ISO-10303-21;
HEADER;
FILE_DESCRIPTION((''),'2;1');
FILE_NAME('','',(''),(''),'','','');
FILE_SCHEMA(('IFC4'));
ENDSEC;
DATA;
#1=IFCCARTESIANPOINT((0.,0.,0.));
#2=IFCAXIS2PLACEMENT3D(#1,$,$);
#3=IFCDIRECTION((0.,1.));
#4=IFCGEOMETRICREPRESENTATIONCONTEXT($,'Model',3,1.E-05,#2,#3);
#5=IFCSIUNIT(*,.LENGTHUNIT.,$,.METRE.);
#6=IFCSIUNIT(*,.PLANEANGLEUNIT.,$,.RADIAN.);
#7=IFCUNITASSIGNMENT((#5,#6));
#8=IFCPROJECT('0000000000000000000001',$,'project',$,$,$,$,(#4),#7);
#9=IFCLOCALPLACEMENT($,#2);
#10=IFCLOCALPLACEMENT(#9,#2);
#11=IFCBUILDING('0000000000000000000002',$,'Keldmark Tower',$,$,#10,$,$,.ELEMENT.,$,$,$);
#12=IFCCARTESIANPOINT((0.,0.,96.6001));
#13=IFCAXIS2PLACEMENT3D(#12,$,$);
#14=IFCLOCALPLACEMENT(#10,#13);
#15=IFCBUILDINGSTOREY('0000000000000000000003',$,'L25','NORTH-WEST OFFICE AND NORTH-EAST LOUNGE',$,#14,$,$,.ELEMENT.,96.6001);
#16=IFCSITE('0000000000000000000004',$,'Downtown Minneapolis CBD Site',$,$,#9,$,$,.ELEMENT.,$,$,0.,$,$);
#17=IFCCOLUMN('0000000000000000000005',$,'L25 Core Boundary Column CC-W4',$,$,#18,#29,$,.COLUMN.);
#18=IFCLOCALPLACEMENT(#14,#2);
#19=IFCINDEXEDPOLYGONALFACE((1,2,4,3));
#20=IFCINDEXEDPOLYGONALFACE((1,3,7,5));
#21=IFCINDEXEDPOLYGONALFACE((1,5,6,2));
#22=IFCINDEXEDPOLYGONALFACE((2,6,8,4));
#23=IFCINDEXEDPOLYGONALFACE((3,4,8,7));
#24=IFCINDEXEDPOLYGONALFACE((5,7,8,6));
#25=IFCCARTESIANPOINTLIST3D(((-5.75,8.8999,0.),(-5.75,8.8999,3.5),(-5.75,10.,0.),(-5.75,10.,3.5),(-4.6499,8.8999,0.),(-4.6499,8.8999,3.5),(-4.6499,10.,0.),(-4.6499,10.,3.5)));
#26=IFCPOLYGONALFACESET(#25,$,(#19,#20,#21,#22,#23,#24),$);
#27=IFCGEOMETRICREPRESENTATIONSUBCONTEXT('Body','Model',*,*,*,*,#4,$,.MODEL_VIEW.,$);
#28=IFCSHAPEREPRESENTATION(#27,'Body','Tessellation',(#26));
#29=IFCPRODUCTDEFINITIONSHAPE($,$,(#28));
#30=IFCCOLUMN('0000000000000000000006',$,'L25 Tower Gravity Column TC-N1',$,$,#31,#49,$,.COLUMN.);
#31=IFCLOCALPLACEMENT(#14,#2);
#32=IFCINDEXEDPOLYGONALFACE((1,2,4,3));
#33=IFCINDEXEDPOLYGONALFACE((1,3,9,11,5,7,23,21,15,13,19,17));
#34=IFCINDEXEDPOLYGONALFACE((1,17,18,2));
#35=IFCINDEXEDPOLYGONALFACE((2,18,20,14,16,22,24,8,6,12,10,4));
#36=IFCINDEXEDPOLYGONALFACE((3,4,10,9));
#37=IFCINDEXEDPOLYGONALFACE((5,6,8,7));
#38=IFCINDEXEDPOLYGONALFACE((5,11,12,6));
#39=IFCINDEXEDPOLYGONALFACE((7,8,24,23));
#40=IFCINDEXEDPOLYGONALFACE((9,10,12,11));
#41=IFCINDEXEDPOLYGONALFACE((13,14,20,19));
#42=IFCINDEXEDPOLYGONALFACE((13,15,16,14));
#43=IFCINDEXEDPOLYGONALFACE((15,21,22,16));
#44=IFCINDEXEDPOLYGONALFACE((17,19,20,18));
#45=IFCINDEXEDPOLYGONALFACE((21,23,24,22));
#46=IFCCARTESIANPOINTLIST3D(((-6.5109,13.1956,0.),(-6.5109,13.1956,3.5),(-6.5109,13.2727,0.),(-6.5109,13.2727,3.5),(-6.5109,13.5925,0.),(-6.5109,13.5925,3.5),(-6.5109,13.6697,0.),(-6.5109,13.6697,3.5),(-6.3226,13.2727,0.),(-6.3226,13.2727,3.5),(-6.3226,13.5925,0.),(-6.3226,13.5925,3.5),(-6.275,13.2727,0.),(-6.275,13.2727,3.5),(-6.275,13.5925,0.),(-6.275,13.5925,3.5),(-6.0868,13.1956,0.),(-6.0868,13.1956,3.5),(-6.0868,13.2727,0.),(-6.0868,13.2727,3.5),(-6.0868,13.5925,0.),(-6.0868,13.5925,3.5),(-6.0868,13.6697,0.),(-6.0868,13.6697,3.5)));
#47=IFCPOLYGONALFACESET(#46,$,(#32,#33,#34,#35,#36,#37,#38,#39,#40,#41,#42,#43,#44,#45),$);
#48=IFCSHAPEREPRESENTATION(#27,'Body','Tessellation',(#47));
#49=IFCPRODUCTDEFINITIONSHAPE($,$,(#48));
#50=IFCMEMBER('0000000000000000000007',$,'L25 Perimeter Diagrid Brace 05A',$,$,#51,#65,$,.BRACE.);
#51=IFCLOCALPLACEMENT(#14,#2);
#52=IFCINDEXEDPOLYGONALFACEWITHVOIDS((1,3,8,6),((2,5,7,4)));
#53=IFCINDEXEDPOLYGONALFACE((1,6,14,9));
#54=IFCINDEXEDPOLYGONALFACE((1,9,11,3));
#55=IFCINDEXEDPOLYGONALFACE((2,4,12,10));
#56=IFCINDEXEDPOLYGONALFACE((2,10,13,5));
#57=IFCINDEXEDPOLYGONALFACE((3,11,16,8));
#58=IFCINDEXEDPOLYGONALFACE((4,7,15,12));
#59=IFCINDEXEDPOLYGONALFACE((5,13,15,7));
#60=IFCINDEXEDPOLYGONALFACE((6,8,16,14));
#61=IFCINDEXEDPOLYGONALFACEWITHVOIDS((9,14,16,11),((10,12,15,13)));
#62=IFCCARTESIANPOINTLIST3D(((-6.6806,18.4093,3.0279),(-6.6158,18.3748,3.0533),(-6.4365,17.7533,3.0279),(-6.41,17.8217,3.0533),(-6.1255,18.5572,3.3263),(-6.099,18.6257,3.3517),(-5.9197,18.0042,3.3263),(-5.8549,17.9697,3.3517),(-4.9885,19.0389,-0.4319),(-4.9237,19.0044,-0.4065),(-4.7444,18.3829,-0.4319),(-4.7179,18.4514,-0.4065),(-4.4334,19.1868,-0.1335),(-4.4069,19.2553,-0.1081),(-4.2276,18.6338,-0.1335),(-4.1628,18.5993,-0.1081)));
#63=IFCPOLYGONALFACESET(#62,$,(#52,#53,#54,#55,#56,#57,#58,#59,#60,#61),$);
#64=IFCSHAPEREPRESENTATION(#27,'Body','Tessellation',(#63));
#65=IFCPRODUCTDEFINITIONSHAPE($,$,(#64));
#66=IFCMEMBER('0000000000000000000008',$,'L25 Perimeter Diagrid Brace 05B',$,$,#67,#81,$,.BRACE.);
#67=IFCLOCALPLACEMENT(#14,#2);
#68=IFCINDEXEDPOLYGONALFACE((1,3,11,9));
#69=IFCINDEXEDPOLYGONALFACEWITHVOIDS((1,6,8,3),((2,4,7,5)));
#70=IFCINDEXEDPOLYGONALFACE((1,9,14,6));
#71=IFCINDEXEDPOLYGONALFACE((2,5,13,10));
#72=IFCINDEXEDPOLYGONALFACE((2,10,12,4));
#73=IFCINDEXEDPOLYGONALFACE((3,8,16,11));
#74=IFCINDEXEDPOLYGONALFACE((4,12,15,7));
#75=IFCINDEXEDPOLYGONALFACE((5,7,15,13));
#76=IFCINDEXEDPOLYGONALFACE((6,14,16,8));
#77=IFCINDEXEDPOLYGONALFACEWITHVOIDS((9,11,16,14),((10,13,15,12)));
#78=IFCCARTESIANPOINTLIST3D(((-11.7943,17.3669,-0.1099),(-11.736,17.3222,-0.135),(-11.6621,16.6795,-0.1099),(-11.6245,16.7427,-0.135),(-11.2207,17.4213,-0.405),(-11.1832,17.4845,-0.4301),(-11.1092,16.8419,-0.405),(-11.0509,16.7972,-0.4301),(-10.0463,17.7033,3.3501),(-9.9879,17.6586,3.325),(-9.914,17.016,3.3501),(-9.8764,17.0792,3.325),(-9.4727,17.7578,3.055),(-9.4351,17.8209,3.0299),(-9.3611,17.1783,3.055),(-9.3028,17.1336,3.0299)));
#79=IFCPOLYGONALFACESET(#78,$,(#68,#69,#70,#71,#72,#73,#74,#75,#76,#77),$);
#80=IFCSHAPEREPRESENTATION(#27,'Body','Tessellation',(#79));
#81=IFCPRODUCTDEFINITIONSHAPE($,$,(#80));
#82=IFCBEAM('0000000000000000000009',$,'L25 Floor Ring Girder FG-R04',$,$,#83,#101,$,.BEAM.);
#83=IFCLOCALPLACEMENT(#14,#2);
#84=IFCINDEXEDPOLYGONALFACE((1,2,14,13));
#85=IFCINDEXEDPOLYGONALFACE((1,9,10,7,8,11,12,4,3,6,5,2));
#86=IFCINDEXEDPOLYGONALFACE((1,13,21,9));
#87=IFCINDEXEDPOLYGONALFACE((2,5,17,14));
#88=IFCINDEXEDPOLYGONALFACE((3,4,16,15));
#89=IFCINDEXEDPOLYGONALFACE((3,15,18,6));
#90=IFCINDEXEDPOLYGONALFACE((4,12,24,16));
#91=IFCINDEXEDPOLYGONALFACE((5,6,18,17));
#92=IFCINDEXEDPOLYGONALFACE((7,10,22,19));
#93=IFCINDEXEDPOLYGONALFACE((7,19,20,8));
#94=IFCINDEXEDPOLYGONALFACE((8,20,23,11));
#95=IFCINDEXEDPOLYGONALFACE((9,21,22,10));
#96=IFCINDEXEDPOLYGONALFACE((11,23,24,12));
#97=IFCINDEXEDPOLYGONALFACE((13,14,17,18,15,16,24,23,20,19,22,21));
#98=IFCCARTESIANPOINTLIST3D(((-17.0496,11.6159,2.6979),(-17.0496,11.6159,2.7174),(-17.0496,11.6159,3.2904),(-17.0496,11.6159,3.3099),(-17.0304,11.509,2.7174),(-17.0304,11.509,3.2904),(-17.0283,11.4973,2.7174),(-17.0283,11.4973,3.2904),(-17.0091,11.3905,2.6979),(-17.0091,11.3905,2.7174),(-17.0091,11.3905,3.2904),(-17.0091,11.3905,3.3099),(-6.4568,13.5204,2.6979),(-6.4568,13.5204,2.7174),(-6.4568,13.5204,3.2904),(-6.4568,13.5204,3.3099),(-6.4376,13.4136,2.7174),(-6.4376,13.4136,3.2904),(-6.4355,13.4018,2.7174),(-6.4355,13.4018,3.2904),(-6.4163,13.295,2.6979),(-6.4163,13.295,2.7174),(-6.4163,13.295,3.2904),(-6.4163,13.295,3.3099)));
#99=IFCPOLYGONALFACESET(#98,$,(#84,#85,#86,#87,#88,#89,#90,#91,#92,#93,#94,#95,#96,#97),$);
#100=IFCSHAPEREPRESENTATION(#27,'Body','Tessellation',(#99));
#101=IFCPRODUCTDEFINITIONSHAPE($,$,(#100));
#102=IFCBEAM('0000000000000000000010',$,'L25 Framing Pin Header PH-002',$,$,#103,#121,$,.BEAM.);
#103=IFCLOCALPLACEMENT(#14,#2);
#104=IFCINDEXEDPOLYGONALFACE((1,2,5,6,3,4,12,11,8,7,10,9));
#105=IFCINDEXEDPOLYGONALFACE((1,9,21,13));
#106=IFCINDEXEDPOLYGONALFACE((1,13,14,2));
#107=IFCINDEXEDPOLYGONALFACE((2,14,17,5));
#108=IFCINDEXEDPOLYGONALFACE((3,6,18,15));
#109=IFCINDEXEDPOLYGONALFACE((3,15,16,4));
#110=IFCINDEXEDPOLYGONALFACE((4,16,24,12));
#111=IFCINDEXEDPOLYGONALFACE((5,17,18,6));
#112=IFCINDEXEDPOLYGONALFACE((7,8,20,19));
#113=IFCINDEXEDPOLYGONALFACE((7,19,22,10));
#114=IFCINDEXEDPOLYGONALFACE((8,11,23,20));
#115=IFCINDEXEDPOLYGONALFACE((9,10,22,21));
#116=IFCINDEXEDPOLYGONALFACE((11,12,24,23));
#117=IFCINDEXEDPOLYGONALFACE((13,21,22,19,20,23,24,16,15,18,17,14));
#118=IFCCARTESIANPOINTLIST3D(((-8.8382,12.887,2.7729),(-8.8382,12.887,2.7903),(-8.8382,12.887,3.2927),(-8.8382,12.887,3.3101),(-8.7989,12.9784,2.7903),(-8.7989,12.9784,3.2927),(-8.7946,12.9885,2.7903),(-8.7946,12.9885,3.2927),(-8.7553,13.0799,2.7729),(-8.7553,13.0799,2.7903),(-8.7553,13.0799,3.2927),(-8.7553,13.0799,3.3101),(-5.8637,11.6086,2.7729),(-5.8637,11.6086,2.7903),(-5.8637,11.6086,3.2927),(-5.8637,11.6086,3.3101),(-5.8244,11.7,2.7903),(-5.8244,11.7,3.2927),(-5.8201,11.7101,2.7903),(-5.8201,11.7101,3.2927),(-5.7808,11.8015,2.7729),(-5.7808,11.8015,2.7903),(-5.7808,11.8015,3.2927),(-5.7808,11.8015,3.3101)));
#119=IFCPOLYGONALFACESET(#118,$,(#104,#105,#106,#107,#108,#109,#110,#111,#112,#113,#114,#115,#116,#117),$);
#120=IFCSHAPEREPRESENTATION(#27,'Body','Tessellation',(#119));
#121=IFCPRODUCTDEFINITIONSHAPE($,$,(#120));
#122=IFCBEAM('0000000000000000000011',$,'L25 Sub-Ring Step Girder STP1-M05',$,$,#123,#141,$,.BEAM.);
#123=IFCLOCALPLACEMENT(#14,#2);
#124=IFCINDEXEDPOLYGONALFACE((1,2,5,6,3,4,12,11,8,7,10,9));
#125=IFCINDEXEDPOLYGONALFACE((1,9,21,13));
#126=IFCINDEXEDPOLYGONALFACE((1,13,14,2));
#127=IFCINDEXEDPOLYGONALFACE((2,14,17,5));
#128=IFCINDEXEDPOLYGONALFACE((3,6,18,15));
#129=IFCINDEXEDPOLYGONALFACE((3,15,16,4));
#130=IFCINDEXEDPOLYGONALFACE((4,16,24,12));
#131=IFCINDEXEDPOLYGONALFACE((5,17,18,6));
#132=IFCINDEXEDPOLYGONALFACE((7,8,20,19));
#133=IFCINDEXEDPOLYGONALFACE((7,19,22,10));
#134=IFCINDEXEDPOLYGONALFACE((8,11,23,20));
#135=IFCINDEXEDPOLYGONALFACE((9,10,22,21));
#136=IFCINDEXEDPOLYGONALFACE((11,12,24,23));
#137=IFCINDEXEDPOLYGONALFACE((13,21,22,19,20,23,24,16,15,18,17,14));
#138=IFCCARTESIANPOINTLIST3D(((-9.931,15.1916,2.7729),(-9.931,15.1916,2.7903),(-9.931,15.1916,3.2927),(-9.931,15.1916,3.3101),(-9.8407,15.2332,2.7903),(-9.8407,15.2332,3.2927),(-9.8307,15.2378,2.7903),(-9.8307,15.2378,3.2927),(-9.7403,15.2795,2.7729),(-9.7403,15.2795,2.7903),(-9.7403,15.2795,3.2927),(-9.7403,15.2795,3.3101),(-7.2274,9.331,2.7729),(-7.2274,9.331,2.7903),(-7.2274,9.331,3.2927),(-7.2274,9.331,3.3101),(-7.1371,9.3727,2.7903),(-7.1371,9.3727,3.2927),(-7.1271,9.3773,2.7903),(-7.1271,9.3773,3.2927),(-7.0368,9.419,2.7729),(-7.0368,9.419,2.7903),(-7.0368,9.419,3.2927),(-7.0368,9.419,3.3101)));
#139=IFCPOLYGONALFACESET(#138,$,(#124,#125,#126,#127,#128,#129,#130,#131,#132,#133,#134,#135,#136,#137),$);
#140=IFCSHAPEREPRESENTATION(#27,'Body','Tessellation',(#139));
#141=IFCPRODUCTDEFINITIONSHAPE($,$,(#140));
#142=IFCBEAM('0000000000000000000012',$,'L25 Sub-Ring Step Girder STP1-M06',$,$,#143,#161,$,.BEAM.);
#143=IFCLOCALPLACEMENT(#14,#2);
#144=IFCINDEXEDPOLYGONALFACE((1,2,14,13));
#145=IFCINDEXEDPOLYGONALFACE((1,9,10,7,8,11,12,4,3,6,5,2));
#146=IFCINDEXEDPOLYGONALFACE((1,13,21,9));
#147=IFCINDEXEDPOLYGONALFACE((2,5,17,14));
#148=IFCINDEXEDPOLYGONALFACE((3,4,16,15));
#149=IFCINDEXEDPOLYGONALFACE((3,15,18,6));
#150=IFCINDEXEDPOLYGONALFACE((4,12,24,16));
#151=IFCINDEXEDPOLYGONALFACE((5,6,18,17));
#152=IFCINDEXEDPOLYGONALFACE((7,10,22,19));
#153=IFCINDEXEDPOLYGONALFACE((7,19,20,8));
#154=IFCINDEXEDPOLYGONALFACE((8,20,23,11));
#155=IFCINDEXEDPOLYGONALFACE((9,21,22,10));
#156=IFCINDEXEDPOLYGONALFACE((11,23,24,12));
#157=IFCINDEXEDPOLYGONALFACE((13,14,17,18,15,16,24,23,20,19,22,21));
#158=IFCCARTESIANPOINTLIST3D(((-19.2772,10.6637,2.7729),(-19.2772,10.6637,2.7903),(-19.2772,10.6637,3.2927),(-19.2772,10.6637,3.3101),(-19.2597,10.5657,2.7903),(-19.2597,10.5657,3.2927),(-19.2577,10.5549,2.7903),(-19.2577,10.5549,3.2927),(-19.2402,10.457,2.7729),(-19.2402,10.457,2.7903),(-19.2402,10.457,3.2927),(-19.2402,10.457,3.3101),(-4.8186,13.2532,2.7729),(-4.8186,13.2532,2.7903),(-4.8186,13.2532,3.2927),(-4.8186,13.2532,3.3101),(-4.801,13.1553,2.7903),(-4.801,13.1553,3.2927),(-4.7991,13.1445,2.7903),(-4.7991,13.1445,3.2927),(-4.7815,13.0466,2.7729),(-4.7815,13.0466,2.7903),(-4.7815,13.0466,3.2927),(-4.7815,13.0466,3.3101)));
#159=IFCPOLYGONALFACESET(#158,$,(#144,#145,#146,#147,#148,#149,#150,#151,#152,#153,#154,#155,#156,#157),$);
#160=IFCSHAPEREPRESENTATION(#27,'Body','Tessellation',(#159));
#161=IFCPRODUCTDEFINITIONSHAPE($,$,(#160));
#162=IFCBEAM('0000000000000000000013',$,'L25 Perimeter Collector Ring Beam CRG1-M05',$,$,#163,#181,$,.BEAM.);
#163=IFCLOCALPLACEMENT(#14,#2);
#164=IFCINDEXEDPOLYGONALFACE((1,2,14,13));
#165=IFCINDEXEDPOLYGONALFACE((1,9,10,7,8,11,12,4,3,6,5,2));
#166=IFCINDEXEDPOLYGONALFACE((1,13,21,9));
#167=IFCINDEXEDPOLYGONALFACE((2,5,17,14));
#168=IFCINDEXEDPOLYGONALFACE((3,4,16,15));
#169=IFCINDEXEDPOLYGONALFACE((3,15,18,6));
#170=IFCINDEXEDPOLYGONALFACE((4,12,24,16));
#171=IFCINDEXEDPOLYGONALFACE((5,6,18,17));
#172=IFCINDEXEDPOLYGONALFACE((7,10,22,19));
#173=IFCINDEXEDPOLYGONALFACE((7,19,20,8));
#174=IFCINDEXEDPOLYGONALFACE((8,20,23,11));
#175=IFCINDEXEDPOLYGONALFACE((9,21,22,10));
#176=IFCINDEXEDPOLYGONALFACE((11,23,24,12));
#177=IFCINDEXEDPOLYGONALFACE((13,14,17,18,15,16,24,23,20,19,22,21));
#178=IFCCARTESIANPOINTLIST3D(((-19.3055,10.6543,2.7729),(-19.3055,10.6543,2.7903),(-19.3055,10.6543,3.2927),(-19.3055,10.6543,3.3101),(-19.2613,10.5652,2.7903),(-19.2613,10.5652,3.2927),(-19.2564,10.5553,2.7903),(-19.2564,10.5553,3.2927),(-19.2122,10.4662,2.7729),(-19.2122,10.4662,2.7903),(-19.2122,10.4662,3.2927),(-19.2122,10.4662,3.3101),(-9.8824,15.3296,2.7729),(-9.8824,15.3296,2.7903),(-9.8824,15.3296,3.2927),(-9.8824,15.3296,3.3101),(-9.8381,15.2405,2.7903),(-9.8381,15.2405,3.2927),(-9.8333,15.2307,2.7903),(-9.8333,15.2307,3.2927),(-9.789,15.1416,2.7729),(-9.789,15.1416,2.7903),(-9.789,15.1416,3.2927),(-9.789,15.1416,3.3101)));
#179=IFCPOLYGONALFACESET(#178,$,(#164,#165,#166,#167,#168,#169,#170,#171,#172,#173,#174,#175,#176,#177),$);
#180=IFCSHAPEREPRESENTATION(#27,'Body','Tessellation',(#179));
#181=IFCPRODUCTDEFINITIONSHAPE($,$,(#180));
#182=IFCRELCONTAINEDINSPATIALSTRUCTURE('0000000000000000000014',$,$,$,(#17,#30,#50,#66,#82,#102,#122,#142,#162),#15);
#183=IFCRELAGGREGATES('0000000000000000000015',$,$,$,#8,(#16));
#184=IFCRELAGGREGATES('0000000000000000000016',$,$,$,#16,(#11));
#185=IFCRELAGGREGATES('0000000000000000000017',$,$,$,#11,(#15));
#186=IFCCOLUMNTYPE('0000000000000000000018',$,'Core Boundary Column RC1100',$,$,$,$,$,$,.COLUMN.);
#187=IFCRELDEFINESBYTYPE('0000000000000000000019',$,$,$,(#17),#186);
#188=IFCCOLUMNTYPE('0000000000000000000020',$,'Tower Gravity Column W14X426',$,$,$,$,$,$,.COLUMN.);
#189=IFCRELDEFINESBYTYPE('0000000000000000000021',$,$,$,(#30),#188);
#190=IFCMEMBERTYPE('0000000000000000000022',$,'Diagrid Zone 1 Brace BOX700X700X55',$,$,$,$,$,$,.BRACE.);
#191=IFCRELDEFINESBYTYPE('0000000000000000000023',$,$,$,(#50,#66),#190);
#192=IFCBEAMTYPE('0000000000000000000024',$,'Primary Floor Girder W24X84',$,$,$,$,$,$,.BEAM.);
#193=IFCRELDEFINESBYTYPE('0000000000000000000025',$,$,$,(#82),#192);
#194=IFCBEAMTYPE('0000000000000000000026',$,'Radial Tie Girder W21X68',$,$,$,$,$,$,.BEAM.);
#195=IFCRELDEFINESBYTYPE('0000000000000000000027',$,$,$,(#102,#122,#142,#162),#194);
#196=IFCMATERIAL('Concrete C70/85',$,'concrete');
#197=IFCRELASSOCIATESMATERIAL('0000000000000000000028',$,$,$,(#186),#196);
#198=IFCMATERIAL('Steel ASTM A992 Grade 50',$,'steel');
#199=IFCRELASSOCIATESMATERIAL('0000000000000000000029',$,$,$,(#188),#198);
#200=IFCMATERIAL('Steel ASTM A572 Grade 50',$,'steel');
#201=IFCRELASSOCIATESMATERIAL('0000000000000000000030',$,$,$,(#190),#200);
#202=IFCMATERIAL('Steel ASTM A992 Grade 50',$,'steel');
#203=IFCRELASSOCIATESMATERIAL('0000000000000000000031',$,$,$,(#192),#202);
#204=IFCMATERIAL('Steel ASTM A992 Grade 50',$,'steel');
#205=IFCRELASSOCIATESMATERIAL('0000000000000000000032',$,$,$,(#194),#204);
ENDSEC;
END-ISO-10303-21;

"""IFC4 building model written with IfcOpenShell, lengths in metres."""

from ifc_helpers import new_model, si_unit, direction, frame, origin, origin_2d, place, context, subcontext, project, spatial, rectangle, hollow_rectangle, i_section, extrude, material, material_profile, profile_set, type_object, element, save


model = new_model("IFC4")

# Units and contexts
model_context = context("Model", 3, precision=1e-05, world=origin(), true_north=direction((0.0, 1.0)))
body_context = subcontext(model_context, "Body", "Model", "MODEL_VIEW")
ifc_project = project(units=[si_unit("LENGTHUNIT", "METRE"), si_unit("PLANEANGLEUNIT", "RADIAN")], contexts=[model_context])

# Site, building, storey
site_placement = place(None, origin())
site = spatial("IfcSite", under=ifc_project, at=site_placement, Name="Downtown Minneapolis CBD Site", CompositionType="ELEMENT", RefElevation=0.0)
building_placement = place(site_placement, origin())
building = spatial("IfcBuilding", under=site, at=building_placement, Name="Keldmark Tower", CompositionType="ELEMENT")
storey_placement = place(building_placement, frame((0.0, 0.0, 96.6001)))
storey = spatial("IfcBuildingStorey", under=building, at=storey_placement, Name="L25", Description="NORTH-WEST OFFICE AND NORTH-EAST LOUNGE", CompositionType="ELEMENT", Elevation=96.6001)

# Columns
ifc_material_1 = material(Name="Concrete C70/85", Category="concrete")
ifc_material_profile_1 = material_profile(ifc_material_1, rectangle(XDim=1.1001, YDim=1.1001, at=origin_2d()), Name="RC1100X1100")
ifc_profile_set_1 = profile_set([ifc_material_profile_1], Name="Concrete C70/85")
column_type_1 = type_object("IfcColumnType", Name="Core Boundary Column RC1100", PredefinedType="COLUMN", material=ifc_profile_set_1)
column_1_placement = place(storey_placement, frame((-5.2, 9.45, 0.0), z_axis=(0.0, 0.0, 1.0), x_axis=(1.0, 0.0, 0.0)))
element("IfcColumn", 1, at=column_1_placement, inside=storey, type_object=column_type_1, Name="L25 Core Boundary Column CC-W4", PredefinedType="COLUMN", context=body_context, shape_type="SweptSolid", body=[
    extrude(rectangle(XDim=1.1001, YDim=1.1001, at=origin_2d()), origin(), (0.0, 0.0, 1.0), 3.5),
])
ifc_material_2 = material(Name="Steel ASTM A992 Grade 50", Category="steel")
ifc_material_profile_2 = material_profile(ifc_material_2, i_section(OverallWidth=0.4241, OverallDepth=0.4741, WebThickness=0.0476, FlangeThickness=0.0771, at=origin_2d()), Name="W14X426")
ifc_profile_set_2 = profile_set([ifc_material_profile_2], Name="Steel ASTM A992 Grade 50")
column_type_2 = type_object("IfcColumnType", Name="Tower Gravity Column W14X426", PredefinedType="COLUMN", material=ifc_profile_set_2)
column_2_placement = place(storey_placement, frame((-6.2988, 13.4326, 0.0), z_axis=(0.0, 0.0, 1.0), x_axis=(1.0, 0.0, 0.0)))
element("IfcColumn", 2, at=column_2_placement, inside=storey, type_object=column_type_2, Name="L25 Tower Gravity Column TC-N1", PredefinedType="COLUMN", context=body_context, shape_type="SweptSolid", body=[
    extrude(i_section(OverallWidth=0.4241, OverallDepth=0.4741, WebThickness=0.0476, FlangeThickness=0.0771, at=origin_2d()), origin(), (0.0, 0.0, 1.0), 3.5),
])

# Members
ifc_material_3 = material(Name="Steel ASTM A572 Grade 50", Category="steel")
ifc_material_profile_3 = material_profile(ifc_material_3, hollow_rectangle(XDim=0.7, YDim=0.7, WallThickness=0.0549, at=origin_2d()), Name="BOX700X700X55")
ifc_profile_set_3 = profile_set([ifc_material_profile_3], Name="Steel ASTM A572 Grade 50")
member_type = type_object("IfcMemberType", Name="Diagrid Zone 1 Brace BOX700X700X55", PredefinedType="BRACE", material=ifc_profile_set_3)
member_1_placement = place(storey_placement, frame((-4.5757, 18.8191, -0.27), z_axis=(-0.433581, -0.161334, 0.886555), x_axis=(0.348736, -0.937221, 0.0)))
element("IfcMember", 3, at=member_1_placement, inside=storey, type_object=member_type, Name="L25 Perimeter Diagrid Brace 05A", PredefinedType="BRACE", context=body_context, shape_type="SweptSolid", body=[
    extrude(hollow_rectangle(XDim=0.7, YDim=0.7, WallThickness=0.0549, at=origin_2d()), origin(), (0.0, 0.0, 1.0), 3.9026),
])
member_2_placement = place(storey_placement, frame((-11.4226, 17.082, -0.27), z_axis=(0.449249, 0.086462, 0.889213), x_axis=(-0.18899, 0.981979, 0.0)))
element("IfcMember", 4, at=member_2_placement, inside=storey, type_object=member_type, Name="L25 Perimeter Diagrid Brace 05B", PredefinedType="BRACE", context=body_context, shape_type="SweptSolid", body=[
    extrude(hollow_rectangle(XDim=0.7, YDim=0.7, WallThickness=0.0549, at=origin_2d()), origin(), (0.0, 0.0, 1.0), 3.8911),
])

# Beams
ifc_material_4 = material(Name="Steel ASTM A992 Grade 50", Category="steel")
ifc_material_profile_4 = material_profile(ifc_material_4, i_section(OverallWidth=0.229, OverallDepth=0.6121, WebThickness=0.012, FlangeThickness=0.0195, at=origin_2d()), Name="W24X84")
ifc_profile_set_4 = profile_set([ifc_material_profile_4], Name="Steel ASTM A992 Grade 50")
beam_type_1 = type_object("IfcBeamType", Name="Primary Floor Girder W24X84", PredefinedType="BEAM", material=ifc_profile_set_4)
beam_1_placement = place(storey_placement, frame((-6.4365, 13.4077, 3.0039), z_axis=(-0.984218, -0.176959, 0.0), x_axis=(0.176959, -0.984218, 0.0)))
element("IfcBeam", 5, at=beam_1_placement, inside=storey, type_object=beam_type_1, Name="L25 Floor Ring Girder FG-R04", PredefinedType="BEAM", context=body_context, shape_type="SweptSolid", body=[
    extrude(i_section(OverallWidth=0.229, OverallDepth=0.6121, WebThickness=0.012, FlangeThickness=0.0195, at=origin_2d()), origin(), (0.0, 0.0, 1.0), 10.7627),
])
ifc_material_5 = material(Name="Steel ASTM A992 Grade 50", Category="steel")
ifc_material_profile_5 = material_profile(ifc_material_5, i_section(OverallWidth=0.21, OverallDepth=0.5371, WebThickness=0.011, FlangeThickness=0.0173, at=origin_2d()), Name="W21X68")
ifc_profile_set_5 = profile_set([ifc_material_profile_5], Name="Steel ASTM A992 Grade 50")
beam_type_2 = type_object("IfcBeamType", Name="Radial Tie Girder W21X68", PredefinedType="BEAM", material=ifc_profile_set_5)
beam_2_placement = place(storey_placement, frame((-5.8223, 11.7051, 3.0415), z_axis=(-0.918743, 0.394857, 0.0), x_axis=(-0.394857, -0.918743, 0.0)))
element("IfcBeam", 6, at=beam_2_placement, inside=storey, type_object=beam_type_2, Name="L25 Framing Pin Header PH-002", PredefinedType="BEAM", context=body_context, shape_type="SweptSolid", body=[
    extrude(i_section(OverallWidth=0.21, OverallDepth=0.5371, WebThickness=0.011, FlangeThickness=0.0173, at=origin_2d()), origin(), (0.0, 0.0, 1.0), 3.2375),
])
beam_3_placement = place(storey_placement, frame((-7.1321, 9.375, 3.0415), z_axis=(-0.418895, 0.908035, 0.0), x_axis=(-0.908035, -0.418895, 0.0)))
element("IfcBeam", 7, at=beam_3_placement, inside=storey, type_object=beam_type_2, Name="L25 Sub-Ring Step Girder STP1-M05", PredefinedType="BEAM", context=body_context, shape_type="SweptSolid", body=[
    extrude(i_section(OverallWidth=0.21, OverallDepth=0.5371, WebThickness=0.011, FlangeThickness=0.0173, at=origin_2d()), origin(), (0.0, 0.0, 1.0), 6.4541),
])
beam_4_placement = place(storey_placement, frame((-4.8, 13.1499, 3.0415), z_axis=(-0.984337, -0.176297, 0.0), x_axis=(0.176297, -0.984337, 0.0)))
element("IfcBeam", 8, at=beam_4_placement, inside=storey, type_object=beam_type_2, Name="L25 Sub-Ring Step Girder STP1-M06", PredefinedType="BEAM", context=body_context, shape_type="SweptSolid", body=[
    extrude(i_section(OverallWidth=0.21, OverallDepth=0.5371, WebThickness=0.011, FlangeThickness=0.0173, at=origin_2d()), origin(), (0.0, 0.0, 1.0), 14.6887),
])
beam_5_placement = place(storey_placement, frame((-9.8357, 15.2356, 3.0415), z_axis=(-0.895802, -0.444454, 0.0), x_axis=(0.444454, -0.895802, 0.0)))
element("IfcBeam", 9, at=beam_5_placement, inside=storey, type_object=beam_type_2, Name="L25 Perimeter Collector Ring Beam CRG1-M05", PredefinedType="BEAM", context=body_context, shape_type="SweptSolid", body=[
    extrude(i_section(OverallWidth=0.21, OverallDepth=0.5371, WebThickness=0.011, FlangeThickness=0.0173, at=origin_2d()), origin(), (0.0, 0.0, 1.0), 10.5193),
])

save(model, "model.ifc")
